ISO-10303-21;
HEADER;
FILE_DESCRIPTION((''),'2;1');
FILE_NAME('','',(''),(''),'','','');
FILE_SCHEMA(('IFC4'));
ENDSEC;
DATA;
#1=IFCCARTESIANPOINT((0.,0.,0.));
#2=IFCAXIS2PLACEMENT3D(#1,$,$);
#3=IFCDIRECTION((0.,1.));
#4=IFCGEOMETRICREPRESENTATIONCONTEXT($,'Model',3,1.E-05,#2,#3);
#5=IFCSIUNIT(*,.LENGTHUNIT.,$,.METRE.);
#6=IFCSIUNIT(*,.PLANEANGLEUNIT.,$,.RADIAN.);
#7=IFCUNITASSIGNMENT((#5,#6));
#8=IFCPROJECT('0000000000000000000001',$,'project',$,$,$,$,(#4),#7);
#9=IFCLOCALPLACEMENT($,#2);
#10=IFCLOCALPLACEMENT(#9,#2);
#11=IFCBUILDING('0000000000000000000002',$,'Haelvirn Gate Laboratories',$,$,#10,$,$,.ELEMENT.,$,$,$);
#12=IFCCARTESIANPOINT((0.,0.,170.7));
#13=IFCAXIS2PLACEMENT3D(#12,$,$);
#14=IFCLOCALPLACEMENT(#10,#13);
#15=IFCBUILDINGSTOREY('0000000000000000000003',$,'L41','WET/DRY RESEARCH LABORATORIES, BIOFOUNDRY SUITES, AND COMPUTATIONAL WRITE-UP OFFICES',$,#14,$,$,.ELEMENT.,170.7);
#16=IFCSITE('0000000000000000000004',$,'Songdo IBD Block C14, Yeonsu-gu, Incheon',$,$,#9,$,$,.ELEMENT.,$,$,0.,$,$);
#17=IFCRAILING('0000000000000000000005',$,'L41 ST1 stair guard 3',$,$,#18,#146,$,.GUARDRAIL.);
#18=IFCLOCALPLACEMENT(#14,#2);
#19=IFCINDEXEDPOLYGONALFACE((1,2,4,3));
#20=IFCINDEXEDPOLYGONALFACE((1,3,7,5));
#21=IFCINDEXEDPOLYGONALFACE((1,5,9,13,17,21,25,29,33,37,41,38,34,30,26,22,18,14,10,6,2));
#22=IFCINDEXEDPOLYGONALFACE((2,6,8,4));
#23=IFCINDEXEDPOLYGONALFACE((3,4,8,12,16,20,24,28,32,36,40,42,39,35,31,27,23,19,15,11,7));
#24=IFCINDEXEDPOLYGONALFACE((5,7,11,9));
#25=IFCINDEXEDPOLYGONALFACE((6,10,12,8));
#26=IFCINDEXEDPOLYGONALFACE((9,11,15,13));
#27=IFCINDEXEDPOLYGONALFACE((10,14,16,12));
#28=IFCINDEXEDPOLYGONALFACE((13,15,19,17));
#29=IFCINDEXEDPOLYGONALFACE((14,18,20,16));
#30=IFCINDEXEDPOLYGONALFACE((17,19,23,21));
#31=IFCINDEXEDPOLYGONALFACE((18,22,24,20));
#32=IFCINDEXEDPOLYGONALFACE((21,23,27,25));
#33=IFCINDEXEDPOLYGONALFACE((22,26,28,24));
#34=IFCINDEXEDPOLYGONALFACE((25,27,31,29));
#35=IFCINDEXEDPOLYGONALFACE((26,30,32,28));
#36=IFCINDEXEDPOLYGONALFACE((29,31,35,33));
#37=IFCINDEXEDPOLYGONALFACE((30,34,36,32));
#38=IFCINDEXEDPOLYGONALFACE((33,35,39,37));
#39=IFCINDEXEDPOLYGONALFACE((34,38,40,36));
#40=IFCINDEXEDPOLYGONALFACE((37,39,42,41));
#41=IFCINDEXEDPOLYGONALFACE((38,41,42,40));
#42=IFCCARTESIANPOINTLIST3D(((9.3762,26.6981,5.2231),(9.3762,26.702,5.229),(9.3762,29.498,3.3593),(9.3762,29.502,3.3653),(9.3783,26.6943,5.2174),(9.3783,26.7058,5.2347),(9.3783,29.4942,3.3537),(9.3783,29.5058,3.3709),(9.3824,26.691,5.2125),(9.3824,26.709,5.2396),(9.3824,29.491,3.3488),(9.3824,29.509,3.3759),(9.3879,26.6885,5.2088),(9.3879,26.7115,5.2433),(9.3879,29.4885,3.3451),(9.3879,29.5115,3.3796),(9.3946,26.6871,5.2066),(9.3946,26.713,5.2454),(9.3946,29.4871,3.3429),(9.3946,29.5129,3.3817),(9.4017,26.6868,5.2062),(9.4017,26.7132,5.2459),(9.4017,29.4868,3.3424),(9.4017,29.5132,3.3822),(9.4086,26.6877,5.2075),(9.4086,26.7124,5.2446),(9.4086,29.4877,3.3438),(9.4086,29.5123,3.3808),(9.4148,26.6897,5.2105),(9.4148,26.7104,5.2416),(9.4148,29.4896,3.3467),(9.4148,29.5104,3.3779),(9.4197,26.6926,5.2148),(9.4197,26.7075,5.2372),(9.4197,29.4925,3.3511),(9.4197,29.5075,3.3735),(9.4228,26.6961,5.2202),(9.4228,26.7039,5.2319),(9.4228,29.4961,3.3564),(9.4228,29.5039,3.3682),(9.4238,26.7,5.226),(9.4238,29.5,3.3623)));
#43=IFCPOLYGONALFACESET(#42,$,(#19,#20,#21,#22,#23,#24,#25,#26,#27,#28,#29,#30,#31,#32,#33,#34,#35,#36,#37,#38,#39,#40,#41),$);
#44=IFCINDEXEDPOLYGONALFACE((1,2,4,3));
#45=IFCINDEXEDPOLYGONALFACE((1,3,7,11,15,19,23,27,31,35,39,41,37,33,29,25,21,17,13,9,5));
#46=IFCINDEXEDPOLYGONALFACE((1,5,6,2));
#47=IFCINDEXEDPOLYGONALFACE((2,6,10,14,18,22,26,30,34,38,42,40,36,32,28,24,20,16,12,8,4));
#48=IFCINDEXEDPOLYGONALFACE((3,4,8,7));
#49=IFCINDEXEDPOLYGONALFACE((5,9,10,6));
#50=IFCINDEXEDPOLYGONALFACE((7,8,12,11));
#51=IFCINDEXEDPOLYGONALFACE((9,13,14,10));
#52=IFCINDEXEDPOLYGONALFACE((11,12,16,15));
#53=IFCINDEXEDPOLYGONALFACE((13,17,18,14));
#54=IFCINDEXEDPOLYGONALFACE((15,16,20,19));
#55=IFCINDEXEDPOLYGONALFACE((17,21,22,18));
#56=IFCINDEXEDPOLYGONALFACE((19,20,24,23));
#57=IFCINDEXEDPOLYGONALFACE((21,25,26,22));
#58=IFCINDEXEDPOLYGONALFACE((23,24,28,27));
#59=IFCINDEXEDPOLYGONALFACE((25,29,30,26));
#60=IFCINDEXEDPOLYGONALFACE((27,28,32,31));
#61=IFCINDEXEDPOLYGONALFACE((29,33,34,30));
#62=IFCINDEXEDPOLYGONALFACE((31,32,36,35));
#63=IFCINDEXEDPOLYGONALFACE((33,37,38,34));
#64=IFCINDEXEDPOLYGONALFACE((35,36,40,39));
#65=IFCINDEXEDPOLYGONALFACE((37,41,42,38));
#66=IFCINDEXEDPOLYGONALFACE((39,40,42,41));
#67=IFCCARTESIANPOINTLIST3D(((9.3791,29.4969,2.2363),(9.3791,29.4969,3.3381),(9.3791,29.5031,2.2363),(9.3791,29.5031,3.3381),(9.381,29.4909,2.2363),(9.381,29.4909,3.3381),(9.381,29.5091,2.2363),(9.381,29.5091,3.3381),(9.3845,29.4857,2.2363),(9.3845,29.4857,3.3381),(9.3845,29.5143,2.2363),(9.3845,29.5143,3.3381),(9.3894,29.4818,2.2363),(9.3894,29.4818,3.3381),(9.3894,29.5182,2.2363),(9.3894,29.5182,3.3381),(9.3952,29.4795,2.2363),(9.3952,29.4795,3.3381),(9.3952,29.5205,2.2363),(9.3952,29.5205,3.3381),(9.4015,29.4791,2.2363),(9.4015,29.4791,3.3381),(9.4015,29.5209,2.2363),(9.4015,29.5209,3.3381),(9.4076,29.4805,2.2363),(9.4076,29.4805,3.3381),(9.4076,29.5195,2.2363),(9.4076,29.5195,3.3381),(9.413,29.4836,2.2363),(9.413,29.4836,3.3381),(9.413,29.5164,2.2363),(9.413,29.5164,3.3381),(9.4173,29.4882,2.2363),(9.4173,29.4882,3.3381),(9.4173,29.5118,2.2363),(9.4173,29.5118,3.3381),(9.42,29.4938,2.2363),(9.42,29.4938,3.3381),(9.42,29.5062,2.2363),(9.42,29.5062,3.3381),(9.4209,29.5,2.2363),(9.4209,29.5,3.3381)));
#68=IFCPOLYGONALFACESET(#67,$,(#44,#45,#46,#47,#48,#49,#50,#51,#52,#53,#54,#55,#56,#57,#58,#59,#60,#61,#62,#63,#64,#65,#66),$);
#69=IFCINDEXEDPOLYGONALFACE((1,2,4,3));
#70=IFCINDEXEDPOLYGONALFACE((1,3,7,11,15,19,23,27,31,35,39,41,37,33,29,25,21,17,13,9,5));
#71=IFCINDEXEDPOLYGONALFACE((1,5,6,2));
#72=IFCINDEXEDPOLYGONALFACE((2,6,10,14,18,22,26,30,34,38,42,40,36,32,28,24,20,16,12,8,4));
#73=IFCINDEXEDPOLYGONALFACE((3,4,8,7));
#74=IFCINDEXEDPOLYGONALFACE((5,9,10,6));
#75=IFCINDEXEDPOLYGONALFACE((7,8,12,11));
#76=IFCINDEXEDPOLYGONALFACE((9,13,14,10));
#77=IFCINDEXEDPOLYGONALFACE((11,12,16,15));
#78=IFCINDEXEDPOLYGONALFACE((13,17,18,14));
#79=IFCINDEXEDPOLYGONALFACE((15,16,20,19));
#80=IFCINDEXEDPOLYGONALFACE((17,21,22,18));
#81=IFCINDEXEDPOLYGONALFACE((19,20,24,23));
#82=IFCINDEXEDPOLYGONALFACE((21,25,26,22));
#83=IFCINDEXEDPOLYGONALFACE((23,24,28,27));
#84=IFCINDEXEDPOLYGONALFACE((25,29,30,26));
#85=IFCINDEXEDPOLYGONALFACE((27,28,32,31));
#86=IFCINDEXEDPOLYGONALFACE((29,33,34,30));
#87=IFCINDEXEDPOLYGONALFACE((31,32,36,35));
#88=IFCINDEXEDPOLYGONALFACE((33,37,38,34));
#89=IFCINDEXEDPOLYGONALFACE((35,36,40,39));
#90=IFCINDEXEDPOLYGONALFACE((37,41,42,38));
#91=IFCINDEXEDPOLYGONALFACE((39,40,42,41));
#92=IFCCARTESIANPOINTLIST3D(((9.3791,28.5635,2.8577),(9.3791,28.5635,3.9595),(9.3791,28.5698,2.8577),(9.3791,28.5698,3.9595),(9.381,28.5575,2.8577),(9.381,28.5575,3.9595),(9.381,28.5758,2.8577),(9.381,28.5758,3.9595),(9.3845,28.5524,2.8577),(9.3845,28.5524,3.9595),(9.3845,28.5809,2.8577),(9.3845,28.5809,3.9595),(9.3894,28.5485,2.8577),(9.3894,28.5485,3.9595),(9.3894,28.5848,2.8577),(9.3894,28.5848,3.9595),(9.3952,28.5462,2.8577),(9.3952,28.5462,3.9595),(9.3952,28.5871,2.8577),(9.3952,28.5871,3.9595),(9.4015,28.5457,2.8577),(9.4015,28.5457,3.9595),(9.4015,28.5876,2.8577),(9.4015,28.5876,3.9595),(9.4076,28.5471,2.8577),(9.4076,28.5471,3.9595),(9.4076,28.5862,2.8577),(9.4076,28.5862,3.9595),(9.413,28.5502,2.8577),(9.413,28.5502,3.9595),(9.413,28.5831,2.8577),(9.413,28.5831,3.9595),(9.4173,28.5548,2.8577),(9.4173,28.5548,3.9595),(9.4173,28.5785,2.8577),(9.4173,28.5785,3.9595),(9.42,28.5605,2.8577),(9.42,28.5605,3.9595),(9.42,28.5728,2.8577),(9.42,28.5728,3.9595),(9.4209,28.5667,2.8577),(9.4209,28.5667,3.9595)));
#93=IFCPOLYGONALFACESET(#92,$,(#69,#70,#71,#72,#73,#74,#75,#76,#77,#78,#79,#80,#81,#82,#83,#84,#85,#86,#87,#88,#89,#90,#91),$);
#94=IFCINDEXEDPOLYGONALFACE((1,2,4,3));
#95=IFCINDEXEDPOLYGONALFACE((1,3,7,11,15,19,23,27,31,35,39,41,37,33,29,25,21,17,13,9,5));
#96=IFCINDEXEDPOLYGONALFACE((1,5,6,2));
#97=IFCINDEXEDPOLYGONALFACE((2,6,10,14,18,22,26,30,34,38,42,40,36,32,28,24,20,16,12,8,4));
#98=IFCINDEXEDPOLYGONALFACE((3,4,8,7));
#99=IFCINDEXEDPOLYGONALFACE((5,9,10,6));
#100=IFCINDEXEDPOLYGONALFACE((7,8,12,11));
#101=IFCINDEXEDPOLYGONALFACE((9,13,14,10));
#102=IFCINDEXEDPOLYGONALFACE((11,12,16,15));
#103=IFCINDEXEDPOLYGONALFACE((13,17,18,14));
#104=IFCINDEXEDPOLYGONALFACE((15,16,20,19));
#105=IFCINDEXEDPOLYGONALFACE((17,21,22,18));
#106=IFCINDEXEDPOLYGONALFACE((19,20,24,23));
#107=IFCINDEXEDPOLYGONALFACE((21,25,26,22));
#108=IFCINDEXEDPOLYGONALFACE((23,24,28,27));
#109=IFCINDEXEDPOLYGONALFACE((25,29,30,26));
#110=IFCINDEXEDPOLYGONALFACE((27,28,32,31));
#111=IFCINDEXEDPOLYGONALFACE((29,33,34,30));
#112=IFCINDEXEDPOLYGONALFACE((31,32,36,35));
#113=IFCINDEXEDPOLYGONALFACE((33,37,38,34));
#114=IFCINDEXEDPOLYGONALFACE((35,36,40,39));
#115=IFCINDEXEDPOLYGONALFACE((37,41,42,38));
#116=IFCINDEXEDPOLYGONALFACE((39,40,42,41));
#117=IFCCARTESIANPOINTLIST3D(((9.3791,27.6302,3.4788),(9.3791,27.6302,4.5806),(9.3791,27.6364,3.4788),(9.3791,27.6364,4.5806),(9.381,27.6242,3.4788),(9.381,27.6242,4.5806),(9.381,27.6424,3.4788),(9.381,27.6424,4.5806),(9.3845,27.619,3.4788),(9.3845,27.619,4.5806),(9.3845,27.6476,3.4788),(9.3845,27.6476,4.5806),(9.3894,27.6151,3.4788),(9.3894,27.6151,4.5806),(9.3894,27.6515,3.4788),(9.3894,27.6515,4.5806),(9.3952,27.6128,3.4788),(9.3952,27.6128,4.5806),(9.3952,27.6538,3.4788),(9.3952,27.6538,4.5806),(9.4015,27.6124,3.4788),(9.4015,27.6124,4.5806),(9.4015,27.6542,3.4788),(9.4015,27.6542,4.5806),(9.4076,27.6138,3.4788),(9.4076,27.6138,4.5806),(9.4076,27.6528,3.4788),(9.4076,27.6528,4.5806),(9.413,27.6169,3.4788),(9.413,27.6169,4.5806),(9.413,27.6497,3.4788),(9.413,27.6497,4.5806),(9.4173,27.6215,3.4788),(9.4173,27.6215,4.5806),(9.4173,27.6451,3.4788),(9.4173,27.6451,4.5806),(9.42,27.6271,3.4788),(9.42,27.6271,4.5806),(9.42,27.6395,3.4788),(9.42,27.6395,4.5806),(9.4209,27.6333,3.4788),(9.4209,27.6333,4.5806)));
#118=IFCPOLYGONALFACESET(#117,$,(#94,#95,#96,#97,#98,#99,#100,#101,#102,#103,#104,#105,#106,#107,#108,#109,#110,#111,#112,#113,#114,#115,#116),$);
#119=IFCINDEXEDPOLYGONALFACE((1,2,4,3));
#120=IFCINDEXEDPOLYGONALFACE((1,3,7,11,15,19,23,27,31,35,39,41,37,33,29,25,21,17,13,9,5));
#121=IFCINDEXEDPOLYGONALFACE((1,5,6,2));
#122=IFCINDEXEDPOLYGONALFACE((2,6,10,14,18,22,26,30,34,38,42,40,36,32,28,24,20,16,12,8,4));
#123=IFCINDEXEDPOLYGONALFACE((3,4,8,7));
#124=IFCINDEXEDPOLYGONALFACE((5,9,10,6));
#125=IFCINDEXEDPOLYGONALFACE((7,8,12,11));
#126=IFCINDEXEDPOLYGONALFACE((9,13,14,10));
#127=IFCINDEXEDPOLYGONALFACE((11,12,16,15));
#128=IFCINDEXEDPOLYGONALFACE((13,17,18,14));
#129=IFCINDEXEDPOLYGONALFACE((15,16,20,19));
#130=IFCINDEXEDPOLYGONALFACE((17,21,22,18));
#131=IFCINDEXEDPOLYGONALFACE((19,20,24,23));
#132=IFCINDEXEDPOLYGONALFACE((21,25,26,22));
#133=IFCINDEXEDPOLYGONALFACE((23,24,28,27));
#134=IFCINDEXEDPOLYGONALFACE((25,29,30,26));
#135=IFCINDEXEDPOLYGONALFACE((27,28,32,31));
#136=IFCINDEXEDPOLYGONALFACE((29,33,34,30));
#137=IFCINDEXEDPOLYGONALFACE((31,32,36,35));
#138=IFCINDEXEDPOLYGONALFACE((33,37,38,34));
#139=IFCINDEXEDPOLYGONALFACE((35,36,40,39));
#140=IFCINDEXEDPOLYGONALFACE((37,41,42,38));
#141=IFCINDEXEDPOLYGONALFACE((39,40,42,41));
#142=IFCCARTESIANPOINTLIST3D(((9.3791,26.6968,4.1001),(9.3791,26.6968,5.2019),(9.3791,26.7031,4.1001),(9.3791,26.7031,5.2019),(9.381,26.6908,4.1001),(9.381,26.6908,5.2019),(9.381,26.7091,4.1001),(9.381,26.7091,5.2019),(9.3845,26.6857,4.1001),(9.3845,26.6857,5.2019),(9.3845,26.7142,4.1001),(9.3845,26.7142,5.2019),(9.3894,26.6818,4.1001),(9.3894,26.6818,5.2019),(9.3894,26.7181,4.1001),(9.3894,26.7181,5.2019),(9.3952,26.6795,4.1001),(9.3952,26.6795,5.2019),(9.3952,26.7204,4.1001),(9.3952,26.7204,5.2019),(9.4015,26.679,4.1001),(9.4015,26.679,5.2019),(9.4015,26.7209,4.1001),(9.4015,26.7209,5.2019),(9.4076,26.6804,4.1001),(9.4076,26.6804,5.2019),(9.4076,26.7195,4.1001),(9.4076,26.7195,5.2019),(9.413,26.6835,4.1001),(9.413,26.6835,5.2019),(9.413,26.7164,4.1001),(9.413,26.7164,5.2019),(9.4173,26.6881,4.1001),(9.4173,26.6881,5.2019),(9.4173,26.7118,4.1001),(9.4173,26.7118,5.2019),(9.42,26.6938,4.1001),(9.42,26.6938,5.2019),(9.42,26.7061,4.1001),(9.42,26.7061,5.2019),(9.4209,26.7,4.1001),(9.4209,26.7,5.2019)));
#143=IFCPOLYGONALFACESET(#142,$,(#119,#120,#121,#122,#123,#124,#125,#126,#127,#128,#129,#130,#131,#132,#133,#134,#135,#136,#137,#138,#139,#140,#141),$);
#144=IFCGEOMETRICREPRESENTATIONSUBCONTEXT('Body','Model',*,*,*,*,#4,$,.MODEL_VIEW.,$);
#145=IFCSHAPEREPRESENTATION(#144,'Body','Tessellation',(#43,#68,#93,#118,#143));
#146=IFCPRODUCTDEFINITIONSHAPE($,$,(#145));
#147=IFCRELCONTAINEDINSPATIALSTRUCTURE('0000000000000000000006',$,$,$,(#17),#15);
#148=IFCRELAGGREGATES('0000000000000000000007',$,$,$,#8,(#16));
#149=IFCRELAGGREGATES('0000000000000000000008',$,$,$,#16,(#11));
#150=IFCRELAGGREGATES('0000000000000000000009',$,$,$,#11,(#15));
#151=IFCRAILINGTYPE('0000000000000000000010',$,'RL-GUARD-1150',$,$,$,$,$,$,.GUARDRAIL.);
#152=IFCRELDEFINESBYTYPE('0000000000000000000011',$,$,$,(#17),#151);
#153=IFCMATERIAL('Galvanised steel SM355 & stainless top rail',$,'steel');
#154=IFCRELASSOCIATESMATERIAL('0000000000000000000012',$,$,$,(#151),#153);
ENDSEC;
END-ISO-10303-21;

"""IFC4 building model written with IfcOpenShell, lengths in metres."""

from ifc_helpers import new_model, si_unit, direction, frame, origin, origin_2d, place, context, subcontext, project, spatial, circle, extrude, source, transform, mapped, material, type_object, element, save


model = new_model("IFC4")

# Units and contexts
model_context = context("Model", 3, precision=1e-05, world=origin(), true_north=direction((0.0, 1.0)))
body_context = subcontext(model_context, "Body", "Model", "MODEL_VIEW")
ifc_project = project(units=[si_unit("LENGTHUNIT", "METRE"), si_unit("PLANEANGLEUNIT", "RADIAN")], contexts=[model_context])

# Site, building, storey
site_placement = place(None, origin())
site = spatial("IfcSite", under=ifc_project, at=site_placement, Name="Songdo IBD Block C14, Yeonsu-gu, Incheon", CompositionType="ELEMENT", RefElevation=0.0)
building_placement = place(site_placement, origin())
building = spatial("IfcBuilding", under=site, at=building_placement, Name="Haelvirn Gate Laboratories", CompositionType="ELEMENT")
storey_placement = place(building_placement, frame((0.0, 0.0, 170.7)))
storey = spatial("IfcBuildingStorey", under=building, at=storey_placement, Name="L41", Description="WET/DRY RESEARCH LABORATORIES, BIOFOUNDRY SUITES, AND COMPUTATIONAL WRITE-UP OFFICES", CompositionType="ELEMENT", Elevation=170.7)

# Railing
ifc_material_1 = material(Name="Galvanised steel SM355 & stainless top rail", Category="steel")
railing_type_1 = type_object("IfcRailingType", Name="RL-GUARD-1150", PredefinedType="GUARDRAIL", material=ifc_material_1)
shared_shape_1 = source(origin(), body_context, "Body", "SweptSolid", [
    extrude(circle(Radius=0.0239, at=origin_2d()), frame((0.0, 0.0, 1.126), z_axis=(0.0, -0.832452, 0.554097), x_axis=(1.0, 0.0, 0.0)), (0.0, 0.0, 1.0), 3.3635),
    extrude(circle(Radius=0.021, at=origin_2d()), origin(), (0.0, 0.0, 1.0), 1.1018),
    extrude(circle(Radius=0.021, at=origin_2d()), frame((0.0, -0.9333, 0.6213)), (0.0, 0.0, 1.0), 1.1018),
    extrude(circle(Radius=0.021, at=origin_2d()), frame((0.0, -1.8667, 1.2424)), (0.0, 0.0, 1.0), 1.1018),
    extrude(circle(Radius=0.021, at=origin_2d()), frame((0.0, -2.8, 1.8638)), (0.0, 0.0, 1.0), 1.1018),
])
railing_1_placement = place(storey_placement, frame((9.3999, 29.5, 2.2363)))
element("IfcRailing", 1, at=railing_1_placement, inside=storey, type_object=railing_type_1, Name="L41 ST1 stair guard 3", PredefinedType="GUARDRAIL", context=body_context, shape_type="MappedRepresentation", body=[
    mapped(shared_shape_1, transform((0.0, 0.0, 0.0), scale=1.0)),
])

save(model, "model.ifc")
